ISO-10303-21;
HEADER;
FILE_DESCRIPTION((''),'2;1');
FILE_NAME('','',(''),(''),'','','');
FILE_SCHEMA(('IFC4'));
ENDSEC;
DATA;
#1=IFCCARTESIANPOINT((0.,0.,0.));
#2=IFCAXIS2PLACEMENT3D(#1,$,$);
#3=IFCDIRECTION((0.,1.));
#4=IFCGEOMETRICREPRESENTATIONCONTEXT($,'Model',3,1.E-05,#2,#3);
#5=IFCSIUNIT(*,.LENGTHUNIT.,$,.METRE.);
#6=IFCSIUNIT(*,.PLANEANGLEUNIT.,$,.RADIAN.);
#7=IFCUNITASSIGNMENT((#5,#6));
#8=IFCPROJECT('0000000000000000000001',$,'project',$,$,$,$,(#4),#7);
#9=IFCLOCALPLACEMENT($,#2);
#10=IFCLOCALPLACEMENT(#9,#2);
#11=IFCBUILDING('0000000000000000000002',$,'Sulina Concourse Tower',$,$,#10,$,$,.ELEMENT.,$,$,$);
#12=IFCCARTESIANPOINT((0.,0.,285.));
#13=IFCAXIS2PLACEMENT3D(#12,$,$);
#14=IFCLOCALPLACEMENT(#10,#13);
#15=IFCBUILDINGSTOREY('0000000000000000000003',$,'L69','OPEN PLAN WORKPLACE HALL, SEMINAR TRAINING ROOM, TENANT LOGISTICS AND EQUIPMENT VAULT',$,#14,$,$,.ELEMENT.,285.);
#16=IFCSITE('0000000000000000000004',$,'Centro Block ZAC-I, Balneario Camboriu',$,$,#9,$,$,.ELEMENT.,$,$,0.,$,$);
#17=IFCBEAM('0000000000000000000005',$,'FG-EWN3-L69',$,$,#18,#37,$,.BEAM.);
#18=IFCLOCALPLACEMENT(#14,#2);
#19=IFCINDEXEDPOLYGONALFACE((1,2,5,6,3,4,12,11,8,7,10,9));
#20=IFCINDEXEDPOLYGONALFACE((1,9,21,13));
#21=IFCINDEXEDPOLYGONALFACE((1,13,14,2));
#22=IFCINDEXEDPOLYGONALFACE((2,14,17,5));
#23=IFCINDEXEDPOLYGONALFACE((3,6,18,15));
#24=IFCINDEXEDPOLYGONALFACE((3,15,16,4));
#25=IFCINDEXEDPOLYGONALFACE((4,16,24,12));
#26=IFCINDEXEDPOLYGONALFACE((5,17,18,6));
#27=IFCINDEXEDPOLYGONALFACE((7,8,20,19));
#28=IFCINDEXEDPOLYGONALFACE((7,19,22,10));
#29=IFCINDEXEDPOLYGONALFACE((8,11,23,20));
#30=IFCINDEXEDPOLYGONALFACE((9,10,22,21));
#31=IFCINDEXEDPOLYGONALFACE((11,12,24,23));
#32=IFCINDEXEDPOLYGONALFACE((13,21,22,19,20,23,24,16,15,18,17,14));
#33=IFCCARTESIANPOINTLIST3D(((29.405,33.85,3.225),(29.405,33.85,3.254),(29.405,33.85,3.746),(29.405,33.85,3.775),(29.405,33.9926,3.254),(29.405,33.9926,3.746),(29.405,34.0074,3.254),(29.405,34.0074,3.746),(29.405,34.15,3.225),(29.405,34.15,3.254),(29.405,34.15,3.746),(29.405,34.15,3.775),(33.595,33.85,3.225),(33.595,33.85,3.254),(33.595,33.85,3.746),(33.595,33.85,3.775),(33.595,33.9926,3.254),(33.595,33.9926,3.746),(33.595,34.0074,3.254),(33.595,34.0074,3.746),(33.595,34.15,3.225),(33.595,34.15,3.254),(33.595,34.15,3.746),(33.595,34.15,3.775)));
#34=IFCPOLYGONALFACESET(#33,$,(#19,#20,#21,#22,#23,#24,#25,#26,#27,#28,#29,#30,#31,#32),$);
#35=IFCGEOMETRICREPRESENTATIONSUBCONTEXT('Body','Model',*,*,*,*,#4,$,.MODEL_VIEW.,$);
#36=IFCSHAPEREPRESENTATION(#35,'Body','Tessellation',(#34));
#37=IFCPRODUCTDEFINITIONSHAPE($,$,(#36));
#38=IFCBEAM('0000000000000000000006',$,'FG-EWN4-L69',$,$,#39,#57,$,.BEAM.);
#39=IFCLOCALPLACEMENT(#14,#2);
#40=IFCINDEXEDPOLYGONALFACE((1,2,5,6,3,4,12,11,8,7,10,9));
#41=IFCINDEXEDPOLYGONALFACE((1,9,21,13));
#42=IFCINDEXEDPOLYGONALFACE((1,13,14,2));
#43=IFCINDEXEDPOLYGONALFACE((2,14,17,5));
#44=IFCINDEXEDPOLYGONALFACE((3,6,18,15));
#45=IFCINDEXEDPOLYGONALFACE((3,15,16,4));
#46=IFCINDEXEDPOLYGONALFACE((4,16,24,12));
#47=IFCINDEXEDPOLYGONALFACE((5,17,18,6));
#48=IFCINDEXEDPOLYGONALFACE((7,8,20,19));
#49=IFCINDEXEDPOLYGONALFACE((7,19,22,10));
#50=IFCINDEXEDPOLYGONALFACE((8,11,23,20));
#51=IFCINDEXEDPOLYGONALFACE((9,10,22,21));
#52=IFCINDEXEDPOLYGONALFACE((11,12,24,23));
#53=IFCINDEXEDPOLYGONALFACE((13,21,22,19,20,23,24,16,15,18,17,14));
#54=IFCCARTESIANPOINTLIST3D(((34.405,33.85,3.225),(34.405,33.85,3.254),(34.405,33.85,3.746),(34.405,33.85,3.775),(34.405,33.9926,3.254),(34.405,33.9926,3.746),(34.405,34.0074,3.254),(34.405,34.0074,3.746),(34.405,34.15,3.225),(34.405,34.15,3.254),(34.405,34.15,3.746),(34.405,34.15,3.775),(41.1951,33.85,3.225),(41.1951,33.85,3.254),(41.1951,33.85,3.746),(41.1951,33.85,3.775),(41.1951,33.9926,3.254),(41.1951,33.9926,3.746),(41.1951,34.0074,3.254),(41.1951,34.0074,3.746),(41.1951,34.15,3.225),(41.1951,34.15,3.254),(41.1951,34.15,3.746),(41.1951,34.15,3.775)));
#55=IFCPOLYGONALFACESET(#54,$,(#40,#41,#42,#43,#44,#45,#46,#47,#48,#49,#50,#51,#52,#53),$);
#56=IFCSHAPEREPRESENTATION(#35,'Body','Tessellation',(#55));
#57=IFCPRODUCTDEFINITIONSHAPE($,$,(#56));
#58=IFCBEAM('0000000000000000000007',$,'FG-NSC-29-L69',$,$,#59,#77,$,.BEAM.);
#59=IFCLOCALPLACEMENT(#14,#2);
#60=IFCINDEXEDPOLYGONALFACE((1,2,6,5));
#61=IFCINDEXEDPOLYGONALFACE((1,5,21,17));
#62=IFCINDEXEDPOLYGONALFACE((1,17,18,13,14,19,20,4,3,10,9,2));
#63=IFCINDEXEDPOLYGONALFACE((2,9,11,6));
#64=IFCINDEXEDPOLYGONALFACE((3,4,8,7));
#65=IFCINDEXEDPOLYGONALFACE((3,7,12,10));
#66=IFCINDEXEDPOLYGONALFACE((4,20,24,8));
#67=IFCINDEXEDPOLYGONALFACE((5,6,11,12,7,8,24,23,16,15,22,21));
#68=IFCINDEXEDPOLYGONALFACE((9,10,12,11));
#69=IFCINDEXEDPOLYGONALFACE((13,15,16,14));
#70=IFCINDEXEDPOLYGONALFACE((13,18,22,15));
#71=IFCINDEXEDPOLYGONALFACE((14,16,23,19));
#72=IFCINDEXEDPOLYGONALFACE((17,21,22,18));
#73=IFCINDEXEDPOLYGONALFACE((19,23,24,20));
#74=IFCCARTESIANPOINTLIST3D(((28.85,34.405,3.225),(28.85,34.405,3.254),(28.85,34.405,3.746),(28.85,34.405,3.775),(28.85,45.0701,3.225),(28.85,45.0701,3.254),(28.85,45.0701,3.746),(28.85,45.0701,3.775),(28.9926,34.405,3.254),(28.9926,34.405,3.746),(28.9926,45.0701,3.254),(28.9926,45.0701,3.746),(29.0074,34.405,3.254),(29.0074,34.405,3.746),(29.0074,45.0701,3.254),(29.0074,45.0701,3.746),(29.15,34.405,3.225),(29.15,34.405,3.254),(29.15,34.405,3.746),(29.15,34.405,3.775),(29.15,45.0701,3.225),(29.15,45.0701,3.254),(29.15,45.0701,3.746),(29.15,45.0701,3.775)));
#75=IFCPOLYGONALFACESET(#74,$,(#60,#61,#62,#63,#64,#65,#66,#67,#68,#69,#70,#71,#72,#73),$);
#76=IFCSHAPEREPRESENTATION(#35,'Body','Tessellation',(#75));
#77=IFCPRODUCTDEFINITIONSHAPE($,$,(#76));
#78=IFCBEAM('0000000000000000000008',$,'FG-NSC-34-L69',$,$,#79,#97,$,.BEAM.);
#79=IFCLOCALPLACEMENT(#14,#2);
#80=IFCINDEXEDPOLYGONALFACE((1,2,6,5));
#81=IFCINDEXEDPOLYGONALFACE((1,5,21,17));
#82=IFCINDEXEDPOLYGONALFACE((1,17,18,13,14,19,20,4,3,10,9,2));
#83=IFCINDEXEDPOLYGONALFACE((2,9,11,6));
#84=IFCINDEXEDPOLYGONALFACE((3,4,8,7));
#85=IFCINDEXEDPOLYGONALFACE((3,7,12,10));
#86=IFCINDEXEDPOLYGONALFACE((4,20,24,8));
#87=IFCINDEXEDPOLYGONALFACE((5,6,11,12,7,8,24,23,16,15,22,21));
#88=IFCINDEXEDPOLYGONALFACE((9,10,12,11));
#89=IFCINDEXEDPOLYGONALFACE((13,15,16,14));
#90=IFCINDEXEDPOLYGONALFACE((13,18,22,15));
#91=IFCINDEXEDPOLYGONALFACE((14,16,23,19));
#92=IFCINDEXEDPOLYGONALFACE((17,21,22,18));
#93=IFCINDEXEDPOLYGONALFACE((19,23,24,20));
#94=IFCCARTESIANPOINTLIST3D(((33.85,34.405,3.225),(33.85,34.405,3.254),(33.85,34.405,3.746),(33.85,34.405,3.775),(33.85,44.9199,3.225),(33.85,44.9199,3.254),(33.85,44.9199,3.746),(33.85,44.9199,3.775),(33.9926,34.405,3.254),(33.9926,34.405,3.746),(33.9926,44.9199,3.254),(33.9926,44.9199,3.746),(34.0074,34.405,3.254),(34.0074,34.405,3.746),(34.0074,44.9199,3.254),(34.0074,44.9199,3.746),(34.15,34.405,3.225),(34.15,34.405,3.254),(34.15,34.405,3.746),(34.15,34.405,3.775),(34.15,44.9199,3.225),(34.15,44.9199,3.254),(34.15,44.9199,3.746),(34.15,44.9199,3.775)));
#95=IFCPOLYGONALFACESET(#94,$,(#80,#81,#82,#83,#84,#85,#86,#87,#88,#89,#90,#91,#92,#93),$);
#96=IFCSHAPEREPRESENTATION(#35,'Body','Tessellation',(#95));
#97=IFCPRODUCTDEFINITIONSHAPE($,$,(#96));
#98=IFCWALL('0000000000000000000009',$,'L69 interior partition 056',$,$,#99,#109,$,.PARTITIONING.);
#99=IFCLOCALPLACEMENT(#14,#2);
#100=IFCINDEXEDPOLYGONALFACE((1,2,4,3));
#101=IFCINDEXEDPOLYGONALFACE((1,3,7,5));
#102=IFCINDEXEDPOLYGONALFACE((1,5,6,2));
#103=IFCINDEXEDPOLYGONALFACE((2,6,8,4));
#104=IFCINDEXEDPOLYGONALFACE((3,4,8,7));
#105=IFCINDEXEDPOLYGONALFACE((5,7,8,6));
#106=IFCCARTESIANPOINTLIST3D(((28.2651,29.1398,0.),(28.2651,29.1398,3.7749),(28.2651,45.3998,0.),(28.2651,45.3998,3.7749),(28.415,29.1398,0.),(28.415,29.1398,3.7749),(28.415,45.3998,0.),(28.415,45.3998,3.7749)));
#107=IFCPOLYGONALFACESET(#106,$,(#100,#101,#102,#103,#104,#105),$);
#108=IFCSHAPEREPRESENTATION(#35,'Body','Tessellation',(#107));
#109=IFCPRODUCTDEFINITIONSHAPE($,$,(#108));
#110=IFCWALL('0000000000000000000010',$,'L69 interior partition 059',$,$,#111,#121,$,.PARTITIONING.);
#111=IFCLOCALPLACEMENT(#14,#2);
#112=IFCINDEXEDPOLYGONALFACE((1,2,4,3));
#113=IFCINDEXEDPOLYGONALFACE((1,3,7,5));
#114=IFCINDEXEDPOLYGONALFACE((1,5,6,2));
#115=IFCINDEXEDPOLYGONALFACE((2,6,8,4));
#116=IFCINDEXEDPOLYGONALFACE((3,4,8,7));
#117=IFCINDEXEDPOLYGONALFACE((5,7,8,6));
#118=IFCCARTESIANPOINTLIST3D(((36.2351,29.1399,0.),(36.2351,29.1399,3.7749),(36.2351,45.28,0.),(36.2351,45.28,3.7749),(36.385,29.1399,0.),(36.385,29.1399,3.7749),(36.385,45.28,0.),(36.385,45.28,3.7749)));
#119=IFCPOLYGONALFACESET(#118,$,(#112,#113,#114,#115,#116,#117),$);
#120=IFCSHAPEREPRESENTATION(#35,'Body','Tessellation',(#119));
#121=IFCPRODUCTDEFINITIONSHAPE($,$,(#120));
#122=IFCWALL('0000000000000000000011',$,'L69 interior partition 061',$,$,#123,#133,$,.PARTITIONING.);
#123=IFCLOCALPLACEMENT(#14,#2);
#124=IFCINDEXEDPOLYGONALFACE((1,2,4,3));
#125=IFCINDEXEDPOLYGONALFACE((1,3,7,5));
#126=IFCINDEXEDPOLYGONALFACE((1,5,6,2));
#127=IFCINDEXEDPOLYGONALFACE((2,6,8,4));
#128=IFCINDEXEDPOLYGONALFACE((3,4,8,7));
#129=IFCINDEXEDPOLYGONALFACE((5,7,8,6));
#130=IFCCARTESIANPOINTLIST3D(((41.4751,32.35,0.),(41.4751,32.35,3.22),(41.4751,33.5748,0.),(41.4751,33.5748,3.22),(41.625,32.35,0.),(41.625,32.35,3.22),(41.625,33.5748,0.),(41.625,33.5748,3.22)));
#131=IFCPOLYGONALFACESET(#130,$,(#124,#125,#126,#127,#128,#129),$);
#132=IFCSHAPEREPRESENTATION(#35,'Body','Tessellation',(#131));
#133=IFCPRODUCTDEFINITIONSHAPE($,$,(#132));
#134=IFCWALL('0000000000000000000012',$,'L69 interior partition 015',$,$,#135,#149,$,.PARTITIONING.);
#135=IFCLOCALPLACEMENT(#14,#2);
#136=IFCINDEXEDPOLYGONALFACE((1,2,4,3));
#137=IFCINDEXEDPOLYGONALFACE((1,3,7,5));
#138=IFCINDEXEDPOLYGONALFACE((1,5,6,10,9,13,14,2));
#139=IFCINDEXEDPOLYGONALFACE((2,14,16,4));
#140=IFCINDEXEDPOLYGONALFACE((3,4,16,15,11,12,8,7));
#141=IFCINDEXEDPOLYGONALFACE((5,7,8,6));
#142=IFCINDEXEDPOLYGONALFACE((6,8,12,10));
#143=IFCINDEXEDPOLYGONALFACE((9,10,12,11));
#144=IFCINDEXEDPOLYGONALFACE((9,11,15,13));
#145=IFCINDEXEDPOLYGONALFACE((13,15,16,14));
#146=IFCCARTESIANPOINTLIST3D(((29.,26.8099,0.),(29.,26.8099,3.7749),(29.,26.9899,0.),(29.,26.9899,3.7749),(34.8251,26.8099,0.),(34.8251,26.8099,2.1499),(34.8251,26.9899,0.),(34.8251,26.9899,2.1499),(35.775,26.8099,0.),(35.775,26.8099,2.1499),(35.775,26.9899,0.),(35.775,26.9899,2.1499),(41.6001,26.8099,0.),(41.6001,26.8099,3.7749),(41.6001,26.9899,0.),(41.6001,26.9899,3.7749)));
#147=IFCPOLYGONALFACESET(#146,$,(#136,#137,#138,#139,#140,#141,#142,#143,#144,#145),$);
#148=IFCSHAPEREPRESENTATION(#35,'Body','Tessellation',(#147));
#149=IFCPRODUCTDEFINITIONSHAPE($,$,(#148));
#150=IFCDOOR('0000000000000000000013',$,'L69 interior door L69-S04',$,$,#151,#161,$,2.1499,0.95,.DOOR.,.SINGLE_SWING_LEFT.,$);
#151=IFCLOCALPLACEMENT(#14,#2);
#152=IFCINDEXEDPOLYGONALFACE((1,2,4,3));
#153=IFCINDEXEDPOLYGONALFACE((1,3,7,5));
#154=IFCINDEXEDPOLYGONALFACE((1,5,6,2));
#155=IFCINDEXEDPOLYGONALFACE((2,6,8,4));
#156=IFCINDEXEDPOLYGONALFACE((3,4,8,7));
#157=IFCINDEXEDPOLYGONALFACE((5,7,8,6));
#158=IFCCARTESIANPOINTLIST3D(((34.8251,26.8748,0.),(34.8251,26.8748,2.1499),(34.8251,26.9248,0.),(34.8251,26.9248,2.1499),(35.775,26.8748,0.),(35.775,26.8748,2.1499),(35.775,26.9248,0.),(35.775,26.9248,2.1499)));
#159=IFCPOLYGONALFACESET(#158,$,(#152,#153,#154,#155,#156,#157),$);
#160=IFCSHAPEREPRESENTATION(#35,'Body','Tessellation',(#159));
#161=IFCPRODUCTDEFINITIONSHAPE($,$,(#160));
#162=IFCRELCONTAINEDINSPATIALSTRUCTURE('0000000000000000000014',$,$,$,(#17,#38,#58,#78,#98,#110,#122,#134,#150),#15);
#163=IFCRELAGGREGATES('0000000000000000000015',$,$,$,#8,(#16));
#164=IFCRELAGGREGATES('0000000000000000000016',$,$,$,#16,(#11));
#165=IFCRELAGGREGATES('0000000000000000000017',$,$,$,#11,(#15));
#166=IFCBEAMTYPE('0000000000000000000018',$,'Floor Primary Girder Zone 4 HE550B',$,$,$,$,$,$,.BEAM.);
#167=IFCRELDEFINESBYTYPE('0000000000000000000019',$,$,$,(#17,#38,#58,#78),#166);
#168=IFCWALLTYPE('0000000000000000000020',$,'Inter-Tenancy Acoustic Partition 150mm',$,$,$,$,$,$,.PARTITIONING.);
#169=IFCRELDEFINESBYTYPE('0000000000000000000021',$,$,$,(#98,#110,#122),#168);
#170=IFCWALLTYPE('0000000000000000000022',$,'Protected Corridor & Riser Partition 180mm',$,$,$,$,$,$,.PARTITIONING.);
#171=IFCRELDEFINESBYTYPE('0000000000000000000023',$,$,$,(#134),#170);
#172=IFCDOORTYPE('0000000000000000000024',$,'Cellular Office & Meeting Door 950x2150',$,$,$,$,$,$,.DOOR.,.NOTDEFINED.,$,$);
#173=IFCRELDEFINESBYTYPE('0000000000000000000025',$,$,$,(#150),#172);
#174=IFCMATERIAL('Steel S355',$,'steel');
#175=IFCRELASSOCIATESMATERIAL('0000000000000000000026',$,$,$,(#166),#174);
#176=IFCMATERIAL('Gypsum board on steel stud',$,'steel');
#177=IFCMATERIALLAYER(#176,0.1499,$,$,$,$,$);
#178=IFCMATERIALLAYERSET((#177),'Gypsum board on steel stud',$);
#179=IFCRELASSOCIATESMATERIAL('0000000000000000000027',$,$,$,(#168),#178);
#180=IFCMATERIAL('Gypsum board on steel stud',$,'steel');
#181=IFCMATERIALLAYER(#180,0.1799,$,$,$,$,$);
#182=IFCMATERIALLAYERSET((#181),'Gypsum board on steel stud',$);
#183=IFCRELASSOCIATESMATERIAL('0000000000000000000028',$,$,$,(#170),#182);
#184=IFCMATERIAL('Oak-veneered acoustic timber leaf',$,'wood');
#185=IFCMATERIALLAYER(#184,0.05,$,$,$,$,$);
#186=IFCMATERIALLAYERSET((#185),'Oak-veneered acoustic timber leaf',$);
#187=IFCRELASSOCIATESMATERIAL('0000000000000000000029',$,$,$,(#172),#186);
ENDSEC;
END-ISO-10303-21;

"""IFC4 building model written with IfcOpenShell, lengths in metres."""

from ifc_helpers import new_model, si_unit, direction, frame, frame_2d, origin, origin_2d, place, context, subcontext, project, spatial, rectangle, i_section, extrude, material, layer, layer_set, material_profile, profile_set, type_object, element, fill, save


model = new_model("IFC4")

# Units and contexts
model_context = context("Model", 3, precision=1e-05, world=origin(), true_north=direction((0.0, 1.0)))
body_context = subcontext(model_context, "Body", "Model", "MODEL_VIEW")
ifc_project = project(units=[si_unit("LENGTHUNIT", "METRE"), si_unit("PLANEANGLEUNIT", "RADIAN")], contexts=[model_context])

# Site, building, storey
site_placement = place(None, origin())
site = spatial("IfcSite", under=ifc_project, at=site_placement, Name="Centro Block ZAC-I, Balneario Camboriu", CompositionType="ELEMENT", RefElevation=0.0)
building_placement = place(site_placement, origin())
building = spatial("IfcBuilding", under=site, at=building_placement, Name="Sulina Concourse Tower", CompositionType="ELEMENT")
storey_placement = place(building_placement, frame((0.0, 0.0, 285.0)))
storey = spatial("IfcBuildingStorey", under=building, at=storey_placement, Name="L69", Description="OPEN PLAN WORKPLACE HALL, SEMINAR TRAINING ROOM, TENANT LOGISTICS AND EQUIPMENT VAULT", CompositionType="ELEMENT", Elevation=285.0)

# Beams
ifc_material_1 = material(Name="Steel S355", Category="steel")
ifc_material_profile_1 = material_profile(ifc_material_1, i_section(OverallWidth=0.3, OverallDepth=0.55, WebThickness=0.0149, FlangeThickness=0.0291, at=origin_2d()), Name="HE 550 B")
ifc_profile_set_1 = profile_set([ifc_material_profile_1], Name="Steel S355")
beam_type_1 = type_object("IfcBeamType", Name="Floor Primary Girder Zone 4 HE550B", PredefinedType="BEAM", material=ifc_profile_set_1)
beam_1_placement = place(storey_placement, frame((29.405, 34.0, 3.5), z_axis=(1.0, 0.0, 0.0), x_axis=(0.0, 1.0, 0.0)))
element("IfcBeam", 1, at=beam_1_placement, inside=storey, type_object=beam_type_1, Name="FG-EWN3-L69", PredefinedType="BEAM", context=body_context, shape_type="SweptSolid", body=[
    extrude(i_section(OverallWidth=0.3, OverallDepth=0.55, WebThickness=0.0149, FlangeThickness=0.0291, at=origin_2d()), origin(), (0.0, 0.0, 1.0), 4.1899),
])
beam_2_placement = place(storey_placement, frame((34.405, 34.0, 3.5), z_axis=(1.0, 0.0, 0.0), x_axis=(0.0, 1.0, 0.0)))
element("IfcBeam", 2, at=beam_2_placement, inside=storey, type_object=beam_type_1, Name="FG-EWN4-L69", PredefinedType="BEAM", context=body_context, shape_type="SweptSolid", body=[
    extrude(i_section(OverallWidth=0.3, OverallDepth=0.55, WebThickness=0.0149, FlangeThickness=0.0291, at=origin_2d()), origin(), (0.0, 0.0, 1.0), 6.79),
])
beam_3_placement = place(storey_placement, frame((29.0, 34.405, 3.5), z_axis=(0.0, 1.0, 0.0), x_axis=(-1.0, 0.0, 0.0)))
element("IfcBeam", 3, at=beam_3_placement, inside=storey, type_object=beam_type_1, Name="FG-NSC-29-L69", PredefinedType="BEAM", context=body_context, shape_type="SweptSolid", body=[
    extrude(i_section(OverallWidth=0.3, OverallDepth=0.55, WebThickness=0.0149, FlangeThickness=0.0291, at=origin_2d()), origin(), (0.0, 0.0, 1.0), 10.665),
])
beam_4_placement = place(storey_placement, frame((34.0, 34.405, 3.5), z_axis=(0.0, 1.0, 0.0), x_axis=(-1.0, 0.0, 0.0)))
element("IfcBeam", 4, at=beam_4_placement, inside=storey, type_object=beam_type_1, Name="FG-NSC-34-L69", PredefinedType="BEAM", context=body_context, shape_type="SweptSolid", body=[
    extrude(i_section(OverallWidth=0.3, OverallDepth=0.55, WebThickness=0.0149, FlangeThickness=0.0291, at=origin_2d()), origin(), (0.0, 0.0, 1.0), 10.5149),
])

# Walls
ifc_material_2 = material(Name="Gypsum board on steel stud", Category="steel")
ifc_layer_1 = layer(ifc_material_2, 0.1499)
ifc_layer_set_1 = layer_set([ifc_layer_1], Name="Gypsum board on steel stud")
wall_type_1 = type_object("IfcWallType", Name="Inter-Tenancy Acoustic Partition 150mm", PredefinedType="PARTITIONING", material=ifc_layer_set_1)
wall_1_placement = place(storey_placement, frame((28.3401, 29.1399, 0.0), z_axis=(0.0, 0.0, 1.0), x_axis=(0.0, 1.0, 0.0)))
element("IfcWall", 5, at=wall_1_placement, inside=storey, type_object=wall_type_1, Name="L69 interior partition 056", PredefinedType="PARTITIONING", context=body_context, shape_type="SweptSolid", body=[
    extrude(rectangle(XDim=16.26, YDim=0.1499, at=frame_2d((8.1299, 0.0))), origin(), (0.0, 0.0, 1.0), 3.7749),
])
wall_2_placement = place(storey_placement, frame((36.3101, 29.1399, 0.0), z_axis=(0.0, 0.0, 1.0), x_axis=(0.0, 1.0, 0.0)))
element("IfcWall", 6, at=wall_2_placement, inside=storey, type_object=wall_type_1, Name="L69 interior partition 059", PredefinedType="PARTITIONING", context=body_context, shape_type="SweptSolid", body=[
    extrude(rectangle(XDim=16.1401, YDim=0.1499, at=frame_2d((8.0701, 0.0))), origin(), (0.0, 0.0, 1.0), 3.7749),
])
wall_3_placement = place(storey_placement, frame((41.55, 32.3501, 0.0), z_axis=(0.0, 0.0, 1.0), x_axis=(0.0, 1.0, 0.0)))
element("IfcWall", 7, at=wall_3_placement, inside=storey, type_object=wall_type_1, Name="L69 interior partition 061", PredefinedType="PARTITIONING", context=body_context, shape_type="SweptSolid", body=[
    extrude(rectangle(XDim=1.2249, YDim=0.1499, at=frame_2d((0.6123, 0.0))), origin(), (0.0, 0.0, 1.0), 3.22),
])

# Wall, opening, door
ifc_material_3 = material(Name="Gypsum board on steel stud", Category="steel")
ifc_layer_2 = layer(ifc_material_3, 0.1799)
ifc_layer_set_2 = layer_set([ifc_layer_2], Name="Gypsum board on steel stud")
wall_type_2 = type_object("IfcWallType", Name="Protected Corridor & Riser Partition 180mm", PredefinedType="PARTITIONING", material=ifc_layer_set_2)
wall_4_placement = place(storey_placement, frame((29.0, 26.8999, 0.0), z_axis=(0.0, 0.0, 1.0), x_axis=(1.0, 0.0, 0.0)))
wall_4 = element("IfcWall", 8, at=wall_4_placement, inside=storey, type_object=wall_type_2, Name="L69 interior partition 015", PredefinedType="PARTITIONING", context=body_context, shape_type="SweptSolid", body=[
    extrude(rectangle(XDim=12.6001, YDim=0.1799, at=frame_2d((6.3, 0.0))), origin(), (0.0, 0.0, 1.0), 3.7749),
])
opening_1_placement = place(wall_4_placement, frame((5.825, 0.0, 0.0)))
opening_1 = element("IfcOpeningElement", 9, at=opening_1_placement, cuts=wall_4, PredefinedType="OPENING", context=body_context, shape_type="SweptSolid", body=[
    extrude(rectangle(XDim=0.95, YDim=2.1499, at=frame_2d((0.4751, 1.075))), frame((0.0, 0.0999, 0.0), z_axis=(0.0, -1.0, 0.0), x_axis=(1.0, 0.0, 0.0)), (0.0, 0.0, 1.0), 0.2),
])
ifc_material_4 = material(Name="Oak-veneered acoustic timber leaf", Category="wood")
ifc_layer_3 = layer(ifc_material_4, 0.05)
ifc_layer_set_3 = layer_set([ifc_layer_3], Name="Oak-veneered acoustic timber leaf")
door_type_1 = type_object("IfcDoorType", Name="Cellular Office & Meeting Door 950x2150", OperationType="NOTDEFINED", PredefinedType="DOOR", material=ifc_layer_set_3)
door_1_placement = place(opening_1_placement, origin())
door_1 = element("IfcDoor", 10, at=door_1_placement, inside=storey, type_object=door_type_1, Name="L69 interior door L69-S04", OperationType="SINGLE_SWING_LEFT", OverallHeight=2.1499, OverallWidth=0.95, PredefinedType="DOOR", context=body_context, shape_type="SweptSolid", body=[
    extrude(rectangle(XDim=0.95, YDim=2.1499, at=frame_2d((0.4751, 1.075))), frame((0.0, 0.0249, 0.0), z_axis=(0.0, -1.0, 0.0), x_axis=(1.0, 0.0, 0.0)), (0.0, 0.0, 1.0), 0.05),
])
fill(opening_1, door_1)

save(model, "model.ifc")
